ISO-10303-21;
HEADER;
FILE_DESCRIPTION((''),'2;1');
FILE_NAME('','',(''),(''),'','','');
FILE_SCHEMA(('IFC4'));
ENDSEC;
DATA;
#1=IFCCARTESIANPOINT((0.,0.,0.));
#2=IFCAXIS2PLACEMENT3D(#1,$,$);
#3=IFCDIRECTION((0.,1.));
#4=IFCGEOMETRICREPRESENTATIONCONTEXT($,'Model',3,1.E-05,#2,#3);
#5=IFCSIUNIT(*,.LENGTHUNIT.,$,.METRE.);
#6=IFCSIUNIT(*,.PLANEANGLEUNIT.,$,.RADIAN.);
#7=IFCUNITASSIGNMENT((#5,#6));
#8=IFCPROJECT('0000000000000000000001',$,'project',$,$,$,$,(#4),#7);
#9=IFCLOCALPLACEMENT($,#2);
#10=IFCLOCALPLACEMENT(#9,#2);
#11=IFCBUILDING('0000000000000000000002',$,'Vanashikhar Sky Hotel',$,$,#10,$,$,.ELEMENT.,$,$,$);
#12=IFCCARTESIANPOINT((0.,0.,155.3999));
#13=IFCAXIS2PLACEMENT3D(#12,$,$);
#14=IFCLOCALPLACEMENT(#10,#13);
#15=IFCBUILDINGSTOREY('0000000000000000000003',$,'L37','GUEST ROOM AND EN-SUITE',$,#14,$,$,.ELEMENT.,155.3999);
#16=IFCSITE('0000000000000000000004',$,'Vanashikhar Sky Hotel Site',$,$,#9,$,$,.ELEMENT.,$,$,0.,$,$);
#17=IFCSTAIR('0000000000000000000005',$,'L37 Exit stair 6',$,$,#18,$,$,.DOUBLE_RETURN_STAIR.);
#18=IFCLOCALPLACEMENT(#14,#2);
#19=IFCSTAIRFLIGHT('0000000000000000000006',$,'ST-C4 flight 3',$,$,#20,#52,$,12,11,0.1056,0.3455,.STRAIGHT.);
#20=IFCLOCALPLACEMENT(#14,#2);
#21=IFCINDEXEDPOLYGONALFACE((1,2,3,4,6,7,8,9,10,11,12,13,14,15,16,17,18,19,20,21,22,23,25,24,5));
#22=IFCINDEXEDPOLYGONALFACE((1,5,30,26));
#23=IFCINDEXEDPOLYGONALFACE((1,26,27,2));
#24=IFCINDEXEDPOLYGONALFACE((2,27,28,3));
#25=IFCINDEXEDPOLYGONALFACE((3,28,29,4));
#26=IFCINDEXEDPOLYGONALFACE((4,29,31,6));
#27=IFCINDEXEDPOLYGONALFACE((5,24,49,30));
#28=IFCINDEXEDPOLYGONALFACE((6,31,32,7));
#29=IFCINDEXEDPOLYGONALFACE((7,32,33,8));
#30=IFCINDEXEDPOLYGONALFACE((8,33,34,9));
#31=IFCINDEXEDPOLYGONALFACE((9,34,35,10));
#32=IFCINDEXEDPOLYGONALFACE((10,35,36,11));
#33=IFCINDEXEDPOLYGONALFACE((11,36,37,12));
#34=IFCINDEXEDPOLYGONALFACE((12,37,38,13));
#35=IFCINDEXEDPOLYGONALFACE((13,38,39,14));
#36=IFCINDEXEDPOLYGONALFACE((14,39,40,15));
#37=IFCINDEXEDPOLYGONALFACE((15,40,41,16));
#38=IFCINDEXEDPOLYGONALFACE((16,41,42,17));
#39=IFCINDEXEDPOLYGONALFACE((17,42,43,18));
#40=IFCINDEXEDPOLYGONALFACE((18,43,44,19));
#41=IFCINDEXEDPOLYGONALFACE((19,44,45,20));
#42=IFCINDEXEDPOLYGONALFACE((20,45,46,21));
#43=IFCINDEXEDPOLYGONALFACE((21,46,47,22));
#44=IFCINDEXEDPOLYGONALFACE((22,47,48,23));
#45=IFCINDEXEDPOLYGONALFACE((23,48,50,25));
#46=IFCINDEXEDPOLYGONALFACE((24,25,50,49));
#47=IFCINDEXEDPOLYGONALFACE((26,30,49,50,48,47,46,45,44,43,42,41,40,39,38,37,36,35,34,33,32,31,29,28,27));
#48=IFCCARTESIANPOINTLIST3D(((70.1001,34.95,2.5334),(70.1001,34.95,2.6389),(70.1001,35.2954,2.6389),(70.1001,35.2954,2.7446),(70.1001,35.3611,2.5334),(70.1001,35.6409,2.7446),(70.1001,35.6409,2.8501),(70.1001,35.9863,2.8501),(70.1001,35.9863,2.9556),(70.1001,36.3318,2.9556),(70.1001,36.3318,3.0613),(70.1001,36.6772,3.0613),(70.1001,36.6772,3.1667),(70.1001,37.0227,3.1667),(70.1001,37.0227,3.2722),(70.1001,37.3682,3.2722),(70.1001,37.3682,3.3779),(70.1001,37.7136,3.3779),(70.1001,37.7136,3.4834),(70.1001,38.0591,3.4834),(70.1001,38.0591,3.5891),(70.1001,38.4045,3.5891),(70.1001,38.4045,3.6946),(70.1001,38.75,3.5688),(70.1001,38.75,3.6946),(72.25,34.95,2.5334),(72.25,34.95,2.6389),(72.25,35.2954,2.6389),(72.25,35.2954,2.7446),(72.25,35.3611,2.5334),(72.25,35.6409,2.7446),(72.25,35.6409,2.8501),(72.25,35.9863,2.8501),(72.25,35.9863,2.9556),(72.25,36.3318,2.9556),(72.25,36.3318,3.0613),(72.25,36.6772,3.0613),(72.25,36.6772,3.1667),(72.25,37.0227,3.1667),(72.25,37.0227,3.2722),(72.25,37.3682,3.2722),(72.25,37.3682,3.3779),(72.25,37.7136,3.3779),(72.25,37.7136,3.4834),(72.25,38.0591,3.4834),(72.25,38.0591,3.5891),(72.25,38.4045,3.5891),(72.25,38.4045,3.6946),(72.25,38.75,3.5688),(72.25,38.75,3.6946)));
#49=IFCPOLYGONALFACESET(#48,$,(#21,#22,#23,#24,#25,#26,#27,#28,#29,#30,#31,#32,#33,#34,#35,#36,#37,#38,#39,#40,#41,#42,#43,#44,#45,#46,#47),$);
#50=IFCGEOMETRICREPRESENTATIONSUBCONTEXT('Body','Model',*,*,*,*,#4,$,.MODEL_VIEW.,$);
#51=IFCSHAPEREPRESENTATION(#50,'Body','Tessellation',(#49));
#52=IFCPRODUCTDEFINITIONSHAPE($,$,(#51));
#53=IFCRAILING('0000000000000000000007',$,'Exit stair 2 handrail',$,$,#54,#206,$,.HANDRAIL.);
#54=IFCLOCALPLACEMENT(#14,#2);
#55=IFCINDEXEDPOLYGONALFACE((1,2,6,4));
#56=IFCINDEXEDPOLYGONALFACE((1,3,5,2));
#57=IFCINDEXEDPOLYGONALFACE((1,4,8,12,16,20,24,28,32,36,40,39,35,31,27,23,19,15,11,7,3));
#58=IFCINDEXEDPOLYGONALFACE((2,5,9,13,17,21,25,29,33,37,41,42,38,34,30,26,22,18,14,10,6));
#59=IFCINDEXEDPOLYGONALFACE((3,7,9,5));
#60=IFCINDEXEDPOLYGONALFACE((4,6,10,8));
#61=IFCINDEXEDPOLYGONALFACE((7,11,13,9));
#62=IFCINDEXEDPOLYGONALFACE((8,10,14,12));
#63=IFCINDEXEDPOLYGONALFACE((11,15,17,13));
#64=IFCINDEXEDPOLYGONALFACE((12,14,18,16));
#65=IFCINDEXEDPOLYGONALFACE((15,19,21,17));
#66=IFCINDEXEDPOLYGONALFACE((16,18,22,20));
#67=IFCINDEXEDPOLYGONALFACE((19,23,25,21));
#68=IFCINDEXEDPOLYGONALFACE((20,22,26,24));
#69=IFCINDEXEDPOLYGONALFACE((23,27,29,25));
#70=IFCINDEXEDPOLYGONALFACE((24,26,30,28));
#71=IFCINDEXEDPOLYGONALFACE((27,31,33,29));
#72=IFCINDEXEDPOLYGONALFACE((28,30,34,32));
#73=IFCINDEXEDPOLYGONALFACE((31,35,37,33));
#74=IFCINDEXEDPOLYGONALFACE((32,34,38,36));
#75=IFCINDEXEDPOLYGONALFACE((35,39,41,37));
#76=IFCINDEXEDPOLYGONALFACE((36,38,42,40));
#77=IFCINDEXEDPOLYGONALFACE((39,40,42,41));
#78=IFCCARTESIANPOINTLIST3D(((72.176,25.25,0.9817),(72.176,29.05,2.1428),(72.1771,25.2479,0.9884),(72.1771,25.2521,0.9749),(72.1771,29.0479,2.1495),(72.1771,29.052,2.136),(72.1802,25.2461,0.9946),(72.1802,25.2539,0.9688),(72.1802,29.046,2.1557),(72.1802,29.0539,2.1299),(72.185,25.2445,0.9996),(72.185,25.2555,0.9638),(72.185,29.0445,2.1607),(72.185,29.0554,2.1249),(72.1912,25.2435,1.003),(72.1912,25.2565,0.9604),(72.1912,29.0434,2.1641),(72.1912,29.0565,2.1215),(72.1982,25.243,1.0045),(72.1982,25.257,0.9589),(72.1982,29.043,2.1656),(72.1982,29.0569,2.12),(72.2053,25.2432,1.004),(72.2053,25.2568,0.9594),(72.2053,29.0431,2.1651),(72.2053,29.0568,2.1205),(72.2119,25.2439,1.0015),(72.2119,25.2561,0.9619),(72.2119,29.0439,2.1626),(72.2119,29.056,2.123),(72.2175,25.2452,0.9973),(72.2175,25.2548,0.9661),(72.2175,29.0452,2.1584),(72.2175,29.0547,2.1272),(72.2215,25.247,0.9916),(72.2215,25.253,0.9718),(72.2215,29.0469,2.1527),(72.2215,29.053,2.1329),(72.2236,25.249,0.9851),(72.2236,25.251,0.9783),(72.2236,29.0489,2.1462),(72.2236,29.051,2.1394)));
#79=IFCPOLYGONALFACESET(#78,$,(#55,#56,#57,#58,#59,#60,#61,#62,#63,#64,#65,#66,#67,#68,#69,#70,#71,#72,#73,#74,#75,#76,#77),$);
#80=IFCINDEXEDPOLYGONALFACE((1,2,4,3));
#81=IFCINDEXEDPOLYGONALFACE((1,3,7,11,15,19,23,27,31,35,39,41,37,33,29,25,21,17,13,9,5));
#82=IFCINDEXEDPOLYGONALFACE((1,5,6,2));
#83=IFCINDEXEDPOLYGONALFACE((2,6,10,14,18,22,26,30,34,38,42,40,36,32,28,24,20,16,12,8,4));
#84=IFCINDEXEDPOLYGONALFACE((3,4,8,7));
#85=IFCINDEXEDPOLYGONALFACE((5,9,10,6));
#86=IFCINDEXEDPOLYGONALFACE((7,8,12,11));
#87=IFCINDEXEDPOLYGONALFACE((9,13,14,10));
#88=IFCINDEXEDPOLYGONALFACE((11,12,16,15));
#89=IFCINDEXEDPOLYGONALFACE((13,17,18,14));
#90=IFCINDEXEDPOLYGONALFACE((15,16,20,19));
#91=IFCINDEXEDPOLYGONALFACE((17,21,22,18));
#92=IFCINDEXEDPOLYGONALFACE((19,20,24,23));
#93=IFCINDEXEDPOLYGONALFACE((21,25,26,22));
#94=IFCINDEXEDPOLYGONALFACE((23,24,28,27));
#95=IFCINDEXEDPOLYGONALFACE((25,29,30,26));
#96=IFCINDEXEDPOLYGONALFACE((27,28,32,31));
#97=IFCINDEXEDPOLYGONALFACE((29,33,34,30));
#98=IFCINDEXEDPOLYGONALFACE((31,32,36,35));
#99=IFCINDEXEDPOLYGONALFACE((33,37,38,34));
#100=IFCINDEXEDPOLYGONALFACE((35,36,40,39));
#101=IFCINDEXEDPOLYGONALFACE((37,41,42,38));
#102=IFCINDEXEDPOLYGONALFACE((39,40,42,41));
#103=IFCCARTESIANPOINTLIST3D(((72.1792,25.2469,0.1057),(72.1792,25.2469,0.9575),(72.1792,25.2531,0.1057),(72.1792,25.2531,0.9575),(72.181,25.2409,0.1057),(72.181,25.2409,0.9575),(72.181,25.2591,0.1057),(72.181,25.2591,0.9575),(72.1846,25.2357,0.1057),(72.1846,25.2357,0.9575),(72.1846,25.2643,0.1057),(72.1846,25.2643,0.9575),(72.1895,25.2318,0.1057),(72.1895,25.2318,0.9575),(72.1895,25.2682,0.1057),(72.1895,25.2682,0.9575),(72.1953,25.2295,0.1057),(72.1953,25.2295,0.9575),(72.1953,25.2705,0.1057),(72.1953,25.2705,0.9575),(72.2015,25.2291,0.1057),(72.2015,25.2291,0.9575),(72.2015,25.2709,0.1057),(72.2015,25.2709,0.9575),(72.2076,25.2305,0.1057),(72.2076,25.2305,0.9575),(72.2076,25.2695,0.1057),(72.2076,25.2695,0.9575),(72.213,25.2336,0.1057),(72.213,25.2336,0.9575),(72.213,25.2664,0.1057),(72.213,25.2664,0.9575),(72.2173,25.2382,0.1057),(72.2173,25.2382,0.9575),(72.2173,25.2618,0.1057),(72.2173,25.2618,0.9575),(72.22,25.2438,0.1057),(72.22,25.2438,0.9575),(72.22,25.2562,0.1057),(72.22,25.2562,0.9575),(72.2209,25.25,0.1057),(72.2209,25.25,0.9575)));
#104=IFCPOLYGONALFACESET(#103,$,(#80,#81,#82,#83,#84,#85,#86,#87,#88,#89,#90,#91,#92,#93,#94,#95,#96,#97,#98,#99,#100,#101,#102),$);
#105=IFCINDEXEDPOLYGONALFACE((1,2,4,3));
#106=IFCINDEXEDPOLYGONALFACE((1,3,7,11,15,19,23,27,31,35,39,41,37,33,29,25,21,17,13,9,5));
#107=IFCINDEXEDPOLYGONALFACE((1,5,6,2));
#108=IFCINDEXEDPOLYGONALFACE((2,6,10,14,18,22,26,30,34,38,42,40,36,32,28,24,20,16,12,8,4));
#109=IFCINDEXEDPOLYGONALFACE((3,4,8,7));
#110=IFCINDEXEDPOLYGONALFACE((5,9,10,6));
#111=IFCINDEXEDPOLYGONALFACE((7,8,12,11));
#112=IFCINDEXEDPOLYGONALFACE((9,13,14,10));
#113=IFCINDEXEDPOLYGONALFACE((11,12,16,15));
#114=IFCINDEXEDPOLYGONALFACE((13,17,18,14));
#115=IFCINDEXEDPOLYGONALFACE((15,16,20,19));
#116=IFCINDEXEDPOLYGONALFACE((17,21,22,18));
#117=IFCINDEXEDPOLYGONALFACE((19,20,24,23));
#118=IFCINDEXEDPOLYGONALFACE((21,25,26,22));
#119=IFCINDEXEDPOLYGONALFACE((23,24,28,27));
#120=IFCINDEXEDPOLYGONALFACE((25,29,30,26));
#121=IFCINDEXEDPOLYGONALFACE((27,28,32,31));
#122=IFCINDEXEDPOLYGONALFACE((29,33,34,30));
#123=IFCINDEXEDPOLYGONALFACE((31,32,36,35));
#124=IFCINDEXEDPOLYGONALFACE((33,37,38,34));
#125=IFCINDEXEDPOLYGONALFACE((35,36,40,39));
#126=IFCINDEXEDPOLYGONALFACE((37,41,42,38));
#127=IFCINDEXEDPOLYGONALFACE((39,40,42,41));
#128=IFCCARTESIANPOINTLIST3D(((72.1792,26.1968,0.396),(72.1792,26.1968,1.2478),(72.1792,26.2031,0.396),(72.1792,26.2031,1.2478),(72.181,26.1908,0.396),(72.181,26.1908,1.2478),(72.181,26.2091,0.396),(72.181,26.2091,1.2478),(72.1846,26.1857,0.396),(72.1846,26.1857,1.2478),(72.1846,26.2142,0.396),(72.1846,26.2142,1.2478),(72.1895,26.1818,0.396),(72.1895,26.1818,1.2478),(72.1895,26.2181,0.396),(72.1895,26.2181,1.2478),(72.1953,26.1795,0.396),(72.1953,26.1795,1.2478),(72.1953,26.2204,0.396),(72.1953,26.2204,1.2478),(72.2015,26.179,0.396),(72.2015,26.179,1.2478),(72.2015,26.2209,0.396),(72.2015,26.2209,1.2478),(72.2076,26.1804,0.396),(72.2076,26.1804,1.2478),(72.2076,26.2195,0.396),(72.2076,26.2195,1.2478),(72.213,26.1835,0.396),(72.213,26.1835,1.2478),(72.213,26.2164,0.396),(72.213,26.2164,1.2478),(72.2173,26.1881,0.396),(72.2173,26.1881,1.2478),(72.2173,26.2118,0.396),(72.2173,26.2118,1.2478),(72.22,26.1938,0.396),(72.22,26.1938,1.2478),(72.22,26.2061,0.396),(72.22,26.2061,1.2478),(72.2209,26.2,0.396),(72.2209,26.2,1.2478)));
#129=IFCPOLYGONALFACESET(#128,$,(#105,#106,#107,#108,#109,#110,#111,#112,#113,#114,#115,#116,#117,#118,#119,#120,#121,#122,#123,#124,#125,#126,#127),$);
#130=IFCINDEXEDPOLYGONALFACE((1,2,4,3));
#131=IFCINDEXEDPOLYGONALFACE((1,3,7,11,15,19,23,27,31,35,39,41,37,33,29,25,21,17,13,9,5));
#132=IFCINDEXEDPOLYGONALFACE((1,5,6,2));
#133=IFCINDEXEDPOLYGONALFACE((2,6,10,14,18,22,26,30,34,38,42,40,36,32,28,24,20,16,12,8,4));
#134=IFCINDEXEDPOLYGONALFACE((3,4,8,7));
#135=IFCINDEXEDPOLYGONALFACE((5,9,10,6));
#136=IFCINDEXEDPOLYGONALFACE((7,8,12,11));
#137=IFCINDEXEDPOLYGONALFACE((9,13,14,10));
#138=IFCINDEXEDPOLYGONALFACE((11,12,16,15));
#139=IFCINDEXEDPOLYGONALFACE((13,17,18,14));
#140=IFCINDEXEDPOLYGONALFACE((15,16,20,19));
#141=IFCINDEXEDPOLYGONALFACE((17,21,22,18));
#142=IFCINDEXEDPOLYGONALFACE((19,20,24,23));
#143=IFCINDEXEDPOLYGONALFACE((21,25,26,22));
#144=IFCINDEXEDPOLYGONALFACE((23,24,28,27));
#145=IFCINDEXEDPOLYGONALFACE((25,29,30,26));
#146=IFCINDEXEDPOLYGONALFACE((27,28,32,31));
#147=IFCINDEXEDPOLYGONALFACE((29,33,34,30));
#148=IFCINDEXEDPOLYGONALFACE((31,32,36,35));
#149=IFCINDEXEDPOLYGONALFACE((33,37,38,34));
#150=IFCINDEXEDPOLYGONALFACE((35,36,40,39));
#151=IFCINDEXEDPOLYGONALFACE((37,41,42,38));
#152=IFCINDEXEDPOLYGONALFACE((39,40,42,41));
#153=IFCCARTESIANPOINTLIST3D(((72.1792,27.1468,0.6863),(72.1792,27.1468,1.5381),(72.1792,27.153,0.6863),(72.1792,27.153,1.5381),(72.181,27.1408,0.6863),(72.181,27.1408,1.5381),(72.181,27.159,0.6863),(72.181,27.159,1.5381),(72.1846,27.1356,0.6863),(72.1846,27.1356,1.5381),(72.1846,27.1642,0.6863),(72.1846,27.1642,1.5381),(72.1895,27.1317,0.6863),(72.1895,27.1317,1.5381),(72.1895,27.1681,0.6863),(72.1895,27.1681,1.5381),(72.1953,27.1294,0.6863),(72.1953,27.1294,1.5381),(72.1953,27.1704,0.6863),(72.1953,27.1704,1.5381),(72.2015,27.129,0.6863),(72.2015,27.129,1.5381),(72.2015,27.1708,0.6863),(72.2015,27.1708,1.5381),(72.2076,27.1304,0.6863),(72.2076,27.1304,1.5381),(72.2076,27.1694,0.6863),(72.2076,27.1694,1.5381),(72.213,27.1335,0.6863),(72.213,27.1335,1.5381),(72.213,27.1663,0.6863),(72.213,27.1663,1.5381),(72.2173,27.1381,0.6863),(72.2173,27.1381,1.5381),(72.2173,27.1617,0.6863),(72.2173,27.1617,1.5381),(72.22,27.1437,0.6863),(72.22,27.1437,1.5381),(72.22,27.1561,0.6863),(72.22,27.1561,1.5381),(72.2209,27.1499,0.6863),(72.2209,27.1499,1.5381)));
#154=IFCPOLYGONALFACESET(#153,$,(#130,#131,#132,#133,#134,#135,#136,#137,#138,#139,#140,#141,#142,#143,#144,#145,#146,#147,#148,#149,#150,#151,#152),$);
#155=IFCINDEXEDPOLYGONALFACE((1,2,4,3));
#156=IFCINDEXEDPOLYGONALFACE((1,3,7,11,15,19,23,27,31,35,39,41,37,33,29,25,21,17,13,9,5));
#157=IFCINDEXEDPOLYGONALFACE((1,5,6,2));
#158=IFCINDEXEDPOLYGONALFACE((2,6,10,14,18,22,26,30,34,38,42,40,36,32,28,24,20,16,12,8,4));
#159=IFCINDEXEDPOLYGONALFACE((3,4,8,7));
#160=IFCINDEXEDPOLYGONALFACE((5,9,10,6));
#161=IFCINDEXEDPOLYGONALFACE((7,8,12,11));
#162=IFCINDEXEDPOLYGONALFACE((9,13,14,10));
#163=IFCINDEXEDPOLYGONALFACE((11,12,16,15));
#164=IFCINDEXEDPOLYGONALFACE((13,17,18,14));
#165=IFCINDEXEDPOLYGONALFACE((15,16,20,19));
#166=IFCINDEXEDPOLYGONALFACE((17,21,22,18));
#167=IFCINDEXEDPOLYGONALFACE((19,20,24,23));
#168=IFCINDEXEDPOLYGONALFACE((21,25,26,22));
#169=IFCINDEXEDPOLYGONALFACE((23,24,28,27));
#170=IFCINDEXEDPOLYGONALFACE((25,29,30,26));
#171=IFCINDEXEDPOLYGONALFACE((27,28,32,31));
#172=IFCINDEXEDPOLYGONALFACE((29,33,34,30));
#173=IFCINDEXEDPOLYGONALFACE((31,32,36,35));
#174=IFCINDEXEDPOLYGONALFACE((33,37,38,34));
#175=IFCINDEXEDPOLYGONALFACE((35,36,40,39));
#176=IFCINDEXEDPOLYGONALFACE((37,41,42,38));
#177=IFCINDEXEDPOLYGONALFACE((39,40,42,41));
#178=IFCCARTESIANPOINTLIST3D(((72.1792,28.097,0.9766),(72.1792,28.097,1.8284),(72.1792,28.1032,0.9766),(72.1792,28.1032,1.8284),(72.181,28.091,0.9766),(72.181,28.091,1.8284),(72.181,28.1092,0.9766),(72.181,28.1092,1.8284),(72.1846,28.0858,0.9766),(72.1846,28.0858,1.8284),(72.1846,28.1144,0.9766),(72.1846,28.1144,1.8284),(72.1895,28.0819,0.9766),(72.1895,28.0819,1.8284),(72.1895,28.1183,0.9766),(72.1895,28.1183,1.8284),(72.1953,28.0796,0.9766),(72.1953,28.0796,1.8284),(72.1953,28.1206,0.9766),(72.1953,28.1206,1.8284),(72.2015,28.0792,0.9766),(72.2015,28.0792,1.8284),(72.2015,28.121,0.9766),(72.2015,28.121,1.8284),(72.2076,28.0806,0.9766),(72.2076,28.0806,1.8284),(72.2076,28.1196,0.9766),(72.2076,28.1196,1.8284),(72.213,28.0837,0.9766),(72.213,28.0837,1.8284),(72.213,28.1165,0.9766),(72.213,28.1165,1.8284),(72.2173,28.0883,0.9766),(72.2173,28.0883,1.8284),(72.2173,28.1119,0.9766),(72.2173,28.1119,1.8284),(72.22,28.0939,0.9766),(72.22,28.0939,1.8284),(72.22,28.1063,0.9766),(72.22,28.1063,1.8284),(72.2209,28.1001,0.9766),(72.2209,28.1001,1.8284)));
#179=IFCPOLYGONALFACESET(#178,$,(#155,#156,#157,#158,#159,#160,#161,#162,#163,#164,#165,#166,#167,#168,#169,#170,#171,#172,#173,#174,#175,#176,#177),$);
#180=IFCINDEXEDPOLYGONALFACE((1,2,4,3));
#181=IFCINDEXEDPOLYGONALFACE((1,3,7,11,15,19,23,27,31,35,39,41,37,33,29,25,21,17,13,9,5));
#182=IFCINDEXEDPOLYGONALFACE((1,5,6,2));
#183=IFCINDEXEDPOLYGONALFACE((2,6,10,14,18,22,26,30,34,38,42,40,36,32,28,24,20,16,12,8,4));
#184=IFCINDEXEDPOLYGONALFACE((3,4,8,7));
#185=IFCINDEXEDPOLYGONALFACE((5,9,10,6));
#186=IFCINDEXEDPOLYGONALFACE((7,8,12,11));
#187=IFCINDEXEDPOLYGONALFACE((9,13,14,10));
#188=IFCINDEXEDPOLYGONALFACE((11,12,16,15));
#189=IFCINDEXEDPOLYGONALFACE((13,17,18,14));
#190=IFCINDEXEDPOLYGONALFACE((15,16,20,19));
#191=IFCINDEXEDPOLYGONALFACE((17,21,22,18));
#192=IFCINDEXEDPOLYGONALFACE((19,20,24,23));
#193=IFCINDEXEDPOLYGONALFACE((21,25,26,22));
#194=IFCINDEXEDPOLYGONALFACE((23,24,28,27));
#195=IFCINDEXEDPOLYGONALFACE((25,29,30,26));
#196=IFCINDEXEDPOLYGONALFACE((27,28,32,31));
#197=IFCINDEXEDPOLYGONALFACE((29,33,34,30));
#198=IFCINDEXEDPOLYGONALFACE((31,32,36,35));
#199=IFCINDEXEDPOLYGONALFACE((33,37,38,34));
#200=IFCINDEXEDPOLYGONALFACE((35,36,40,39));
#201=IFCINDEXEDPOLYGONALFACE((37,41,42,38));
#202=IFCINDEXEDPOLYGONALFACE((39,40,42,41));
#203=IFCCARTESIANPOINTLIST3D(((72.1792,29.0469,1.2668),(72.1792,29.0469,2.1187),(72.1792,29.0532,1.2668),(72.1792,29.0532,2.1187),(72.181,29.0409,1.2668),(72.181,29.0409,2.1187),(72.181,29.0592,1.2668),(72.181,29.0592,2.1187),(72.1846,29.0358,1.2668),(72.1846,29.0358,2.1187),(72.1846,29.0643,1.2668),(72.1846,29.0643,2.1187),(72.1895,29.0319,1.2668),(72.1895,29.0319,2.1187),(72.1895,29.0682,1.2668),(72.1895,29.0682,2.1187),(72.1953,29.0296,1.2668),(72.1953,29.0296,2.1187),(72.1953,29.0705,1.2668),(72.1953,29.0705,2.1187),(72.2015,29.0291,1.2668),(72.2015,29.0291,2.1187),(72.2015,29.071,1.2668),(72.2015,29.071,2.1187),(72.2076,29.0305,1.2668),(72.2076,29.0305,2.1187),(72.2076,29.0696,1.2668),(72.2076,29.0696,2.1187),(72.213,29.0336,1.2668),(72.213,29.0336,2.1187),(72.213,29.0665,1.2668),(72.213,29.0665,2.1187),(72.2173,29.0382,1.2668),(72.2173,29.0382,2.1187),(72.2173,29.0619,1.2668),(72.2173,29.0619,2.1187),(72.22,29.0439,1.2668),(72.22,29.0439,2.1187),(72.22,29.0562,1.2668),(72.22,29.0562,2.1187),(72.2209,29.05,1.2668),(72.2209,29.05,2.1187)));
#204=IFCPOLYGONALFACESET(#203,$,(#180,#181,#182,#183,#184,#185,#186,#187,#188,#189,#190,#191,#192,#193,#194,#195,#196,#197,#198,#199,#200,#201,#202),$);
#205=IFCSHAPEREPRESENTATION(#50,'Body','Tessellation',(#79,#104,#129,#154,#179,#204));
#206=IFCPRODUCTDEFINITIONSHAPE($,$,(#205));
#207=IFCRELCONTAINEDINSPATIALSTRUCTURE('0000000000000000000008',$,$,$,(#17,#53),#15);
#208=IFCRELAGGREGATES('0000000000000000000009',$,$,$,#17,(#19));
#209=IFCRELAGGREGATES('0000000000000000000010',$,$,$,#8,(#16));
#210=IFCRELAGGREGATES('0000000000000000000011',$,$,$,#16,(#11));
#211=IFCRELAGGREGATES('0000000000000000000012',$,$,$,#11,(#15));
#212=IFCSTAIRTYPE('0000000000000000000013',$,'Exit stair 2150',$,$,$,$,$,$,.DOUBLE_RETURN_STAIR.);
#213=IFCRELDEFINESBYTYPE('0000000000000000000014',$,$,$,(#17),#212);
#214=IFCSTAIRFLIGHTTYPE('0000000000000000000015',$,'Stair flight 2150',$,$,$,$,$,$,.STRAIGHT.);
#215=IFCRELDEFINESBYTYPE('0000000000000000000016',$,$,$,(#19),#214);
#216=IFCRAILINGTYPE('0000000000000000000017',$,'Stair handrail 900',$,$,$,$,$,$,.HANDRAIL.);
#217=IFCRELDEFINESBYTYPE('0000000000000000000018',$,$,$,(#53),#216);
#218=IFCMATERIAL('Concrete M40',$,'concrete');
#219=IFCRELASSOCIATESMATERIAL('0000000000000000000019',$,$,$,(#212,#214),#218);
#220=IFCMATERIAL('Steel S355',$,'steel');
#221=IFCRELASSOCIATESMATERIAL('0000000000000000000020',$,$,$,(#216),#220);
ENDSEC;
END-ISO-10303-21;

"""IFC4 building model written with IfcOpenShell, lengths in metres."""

from ifc_helpers import new_model, si_unit, direction, frame, origin, origin_2d, place, context, subcontext, project, spatial, polyline, circle, outline, extrude, source, transform, mapped, material, type_object, element, aggregate, save


model = new_model("IFC4")

# Units and contexts
model_context = context("Model", 3, precision=1e-05, world=origin(), true_north=direction((0.0, 1.0)))
body_context = subcontext(model_context, "Body", "Model", "MODEL_VIEW")
ifc_project = project(units=[si_unit("LENGTHUNIT", "METRE"), si_unit("PLANEANGLEUNIT", "RADIAN")], contexts=[model_context])

# Site, building, storey
site_placement = place(None, origin())
site = spatial("IfcSite", under=ifc_project, at=site_placement, Name="Vanashikhar Sky Hotel Site", CompositionType="ELEMENT", RefElevation=0.0)
building_placement = place(site_placement, origin())
building = spatial("IfcBuilding", under=site, at=building_placement, Name="Vanashikhar Sky Hotel", CompositionType="ELEMENT")
storey_placement = place(building_placement, frame((0.0, 0.0, 155.3999)))
storey = spatial("IfcBuildingStorey", under=building, at=storey_placement, Name="L37", Description="GUEST ROOM AND EN-SUITE", CompositionType="ELEMENT", Elevation=155.3999)

# Shared definitions
ifc_material_1 = material(Name="Concrete M40", Category="concrete")

# Stair, stair flight
stair_type = type_object("IfcStairType", Name="Exit stair 2150", PredefinedType="DOUBLE_RETURN_STAIR", material=ifc_material_1)
stair_flight_type = type_object("IfcStairFlightType", Name="Stair flight 2150", PredefinedType="STRAIGHT", material=ifc_material_1)
shared_shape_1 = source(origin(), body_context, "Body", "SweptSolid", [
    extrude(outline(polyline([(0.0, 0.0), (0.0, 0.1055), (0.3455, 0.1055), (0.3455, 0.2112), (0.6909, 0.2112), (0.6909, 0.3167), (1.0364, 0.3167), (1.0364, 0.4221), (1.3818, 0.4221), (1.3818, 0.5278), (1.7273, 0.5278), (1.7273, 0.6333), (2.0728, 0.6333), (2.0728, 0.7388), (2.4182, 0.7388), (2.4182, 0.8445), (2.7637, 0.8445), (2.7637, 0.95), (3.1091, 0.95), (3.1091, 1.0557), (3.4546, 1.0557), (3.4546, 1.1611), (3.8, 1.1611), (3.8, 1.2666), (3.8, 1.0354), (0.4111, 0.0), (0.0, 0.0)])), frame((0.0, 1.075, 0.0), z_axis=(0.0, -1.0, 0.0), x_axis=(1.0, 0.0, 0.0)), (0.0, 0.0, 1.0), 2.1499),
])
stair_1_placement = place(storey_placement, origin())
stair_1 = element("IfcStair", 1, at=stair_1_placement, inside=storey, type_object=stair_type, Name="L37 Exit stair 6", PredefinedType="DOUBLE_RETURN_STAIR")
stair_flight_1_placement = place(storey_placement, frame((71.175, 34.95, 2.5334), z_axis=(0.0, 0.0, 1.0), x_axis=(0.0, 1.0, 0.0)))
stair_flight_1 = element("IfcStairFlight", 2, at=stair_flight_1_placement, type_object=stair_flight_type, Name="ST-C4 flight 3", NumberOfRisers=12, NumberOfTreads=11, PredefinedType="STRAIGHT", RiserHeight=0.1056, TreadLength=0.3455, context=body_context, shape_type="MappedRepresentation", body=[
    mapped(shared_shape_1, transform((0.0, 0.0, 0.0), scale=1.0)),
])
aggregate(stair_1, [stair_flight_1])

# Railing
ifc_material_2 = material(Name="Steel S355", Category="steel")
railing_type_1 = type_object("IfcRailingType", Name="Stair handrail 900", PredefinedType="HANDRAIL", material=ifc_material_2)
shared_shape_2 = source(origin(), body_context, "Body", "SweptSolid", [
    extrude(circle(Radius=0.0239, at=origin_2d()), frame((0.0, 0.0, 0.876), z_axis=(0.0, 0.956351, 0.29222), x_axis=(-1.0, 0.0, 0.0)), (0.0, 0.0, 1.0), 3.9734),
    extrude(circle(Radius=0.021, at=origin_2d()), origin(), (0.0, 0.0, 1.0), 0.8518),
    extrude(circle(Radius=0.021, at=origin_2d()), frame((0.0, 0.95, 0.2903)), (0.0, 0.0, 1.0), 0.8518),
    extrude(circle(Radius=0.021, at=origin_2d()), frame((0.0, 1.8999, 0.5806)), (0.0, 0.0, 1.0), 0.8518),
    extrude(circle(Radius=0.021, at=origin_2d()), frame((0.0, 2.8501, 0.8708)), (0.0, 0.0, 1.0), 0.8518),
    extrude(circle(Radius=0.021, at=origin_2d()), frame((0.0, 3.8, 1.1611)), (0.0, 0.0, 1.0), 0.8518),
])
for number, where, name in (
    (3, (72.2, 25.25, 0.1057), "Exit stair 2 handrail"),
):
    element("IfcRailing", number, at=place(storey_placement, frame(where)), inside=storey, type_object=railing_type_1, Name=name, PredefinedType="HANDRAIL", context=body_context, shape_type="MappedRepresentation", body=[
        mapped(shared_shape_2, transform((0.0, 0.0, 0.0), scale=1.0)),
    ])

save(model, "model.ifc")
